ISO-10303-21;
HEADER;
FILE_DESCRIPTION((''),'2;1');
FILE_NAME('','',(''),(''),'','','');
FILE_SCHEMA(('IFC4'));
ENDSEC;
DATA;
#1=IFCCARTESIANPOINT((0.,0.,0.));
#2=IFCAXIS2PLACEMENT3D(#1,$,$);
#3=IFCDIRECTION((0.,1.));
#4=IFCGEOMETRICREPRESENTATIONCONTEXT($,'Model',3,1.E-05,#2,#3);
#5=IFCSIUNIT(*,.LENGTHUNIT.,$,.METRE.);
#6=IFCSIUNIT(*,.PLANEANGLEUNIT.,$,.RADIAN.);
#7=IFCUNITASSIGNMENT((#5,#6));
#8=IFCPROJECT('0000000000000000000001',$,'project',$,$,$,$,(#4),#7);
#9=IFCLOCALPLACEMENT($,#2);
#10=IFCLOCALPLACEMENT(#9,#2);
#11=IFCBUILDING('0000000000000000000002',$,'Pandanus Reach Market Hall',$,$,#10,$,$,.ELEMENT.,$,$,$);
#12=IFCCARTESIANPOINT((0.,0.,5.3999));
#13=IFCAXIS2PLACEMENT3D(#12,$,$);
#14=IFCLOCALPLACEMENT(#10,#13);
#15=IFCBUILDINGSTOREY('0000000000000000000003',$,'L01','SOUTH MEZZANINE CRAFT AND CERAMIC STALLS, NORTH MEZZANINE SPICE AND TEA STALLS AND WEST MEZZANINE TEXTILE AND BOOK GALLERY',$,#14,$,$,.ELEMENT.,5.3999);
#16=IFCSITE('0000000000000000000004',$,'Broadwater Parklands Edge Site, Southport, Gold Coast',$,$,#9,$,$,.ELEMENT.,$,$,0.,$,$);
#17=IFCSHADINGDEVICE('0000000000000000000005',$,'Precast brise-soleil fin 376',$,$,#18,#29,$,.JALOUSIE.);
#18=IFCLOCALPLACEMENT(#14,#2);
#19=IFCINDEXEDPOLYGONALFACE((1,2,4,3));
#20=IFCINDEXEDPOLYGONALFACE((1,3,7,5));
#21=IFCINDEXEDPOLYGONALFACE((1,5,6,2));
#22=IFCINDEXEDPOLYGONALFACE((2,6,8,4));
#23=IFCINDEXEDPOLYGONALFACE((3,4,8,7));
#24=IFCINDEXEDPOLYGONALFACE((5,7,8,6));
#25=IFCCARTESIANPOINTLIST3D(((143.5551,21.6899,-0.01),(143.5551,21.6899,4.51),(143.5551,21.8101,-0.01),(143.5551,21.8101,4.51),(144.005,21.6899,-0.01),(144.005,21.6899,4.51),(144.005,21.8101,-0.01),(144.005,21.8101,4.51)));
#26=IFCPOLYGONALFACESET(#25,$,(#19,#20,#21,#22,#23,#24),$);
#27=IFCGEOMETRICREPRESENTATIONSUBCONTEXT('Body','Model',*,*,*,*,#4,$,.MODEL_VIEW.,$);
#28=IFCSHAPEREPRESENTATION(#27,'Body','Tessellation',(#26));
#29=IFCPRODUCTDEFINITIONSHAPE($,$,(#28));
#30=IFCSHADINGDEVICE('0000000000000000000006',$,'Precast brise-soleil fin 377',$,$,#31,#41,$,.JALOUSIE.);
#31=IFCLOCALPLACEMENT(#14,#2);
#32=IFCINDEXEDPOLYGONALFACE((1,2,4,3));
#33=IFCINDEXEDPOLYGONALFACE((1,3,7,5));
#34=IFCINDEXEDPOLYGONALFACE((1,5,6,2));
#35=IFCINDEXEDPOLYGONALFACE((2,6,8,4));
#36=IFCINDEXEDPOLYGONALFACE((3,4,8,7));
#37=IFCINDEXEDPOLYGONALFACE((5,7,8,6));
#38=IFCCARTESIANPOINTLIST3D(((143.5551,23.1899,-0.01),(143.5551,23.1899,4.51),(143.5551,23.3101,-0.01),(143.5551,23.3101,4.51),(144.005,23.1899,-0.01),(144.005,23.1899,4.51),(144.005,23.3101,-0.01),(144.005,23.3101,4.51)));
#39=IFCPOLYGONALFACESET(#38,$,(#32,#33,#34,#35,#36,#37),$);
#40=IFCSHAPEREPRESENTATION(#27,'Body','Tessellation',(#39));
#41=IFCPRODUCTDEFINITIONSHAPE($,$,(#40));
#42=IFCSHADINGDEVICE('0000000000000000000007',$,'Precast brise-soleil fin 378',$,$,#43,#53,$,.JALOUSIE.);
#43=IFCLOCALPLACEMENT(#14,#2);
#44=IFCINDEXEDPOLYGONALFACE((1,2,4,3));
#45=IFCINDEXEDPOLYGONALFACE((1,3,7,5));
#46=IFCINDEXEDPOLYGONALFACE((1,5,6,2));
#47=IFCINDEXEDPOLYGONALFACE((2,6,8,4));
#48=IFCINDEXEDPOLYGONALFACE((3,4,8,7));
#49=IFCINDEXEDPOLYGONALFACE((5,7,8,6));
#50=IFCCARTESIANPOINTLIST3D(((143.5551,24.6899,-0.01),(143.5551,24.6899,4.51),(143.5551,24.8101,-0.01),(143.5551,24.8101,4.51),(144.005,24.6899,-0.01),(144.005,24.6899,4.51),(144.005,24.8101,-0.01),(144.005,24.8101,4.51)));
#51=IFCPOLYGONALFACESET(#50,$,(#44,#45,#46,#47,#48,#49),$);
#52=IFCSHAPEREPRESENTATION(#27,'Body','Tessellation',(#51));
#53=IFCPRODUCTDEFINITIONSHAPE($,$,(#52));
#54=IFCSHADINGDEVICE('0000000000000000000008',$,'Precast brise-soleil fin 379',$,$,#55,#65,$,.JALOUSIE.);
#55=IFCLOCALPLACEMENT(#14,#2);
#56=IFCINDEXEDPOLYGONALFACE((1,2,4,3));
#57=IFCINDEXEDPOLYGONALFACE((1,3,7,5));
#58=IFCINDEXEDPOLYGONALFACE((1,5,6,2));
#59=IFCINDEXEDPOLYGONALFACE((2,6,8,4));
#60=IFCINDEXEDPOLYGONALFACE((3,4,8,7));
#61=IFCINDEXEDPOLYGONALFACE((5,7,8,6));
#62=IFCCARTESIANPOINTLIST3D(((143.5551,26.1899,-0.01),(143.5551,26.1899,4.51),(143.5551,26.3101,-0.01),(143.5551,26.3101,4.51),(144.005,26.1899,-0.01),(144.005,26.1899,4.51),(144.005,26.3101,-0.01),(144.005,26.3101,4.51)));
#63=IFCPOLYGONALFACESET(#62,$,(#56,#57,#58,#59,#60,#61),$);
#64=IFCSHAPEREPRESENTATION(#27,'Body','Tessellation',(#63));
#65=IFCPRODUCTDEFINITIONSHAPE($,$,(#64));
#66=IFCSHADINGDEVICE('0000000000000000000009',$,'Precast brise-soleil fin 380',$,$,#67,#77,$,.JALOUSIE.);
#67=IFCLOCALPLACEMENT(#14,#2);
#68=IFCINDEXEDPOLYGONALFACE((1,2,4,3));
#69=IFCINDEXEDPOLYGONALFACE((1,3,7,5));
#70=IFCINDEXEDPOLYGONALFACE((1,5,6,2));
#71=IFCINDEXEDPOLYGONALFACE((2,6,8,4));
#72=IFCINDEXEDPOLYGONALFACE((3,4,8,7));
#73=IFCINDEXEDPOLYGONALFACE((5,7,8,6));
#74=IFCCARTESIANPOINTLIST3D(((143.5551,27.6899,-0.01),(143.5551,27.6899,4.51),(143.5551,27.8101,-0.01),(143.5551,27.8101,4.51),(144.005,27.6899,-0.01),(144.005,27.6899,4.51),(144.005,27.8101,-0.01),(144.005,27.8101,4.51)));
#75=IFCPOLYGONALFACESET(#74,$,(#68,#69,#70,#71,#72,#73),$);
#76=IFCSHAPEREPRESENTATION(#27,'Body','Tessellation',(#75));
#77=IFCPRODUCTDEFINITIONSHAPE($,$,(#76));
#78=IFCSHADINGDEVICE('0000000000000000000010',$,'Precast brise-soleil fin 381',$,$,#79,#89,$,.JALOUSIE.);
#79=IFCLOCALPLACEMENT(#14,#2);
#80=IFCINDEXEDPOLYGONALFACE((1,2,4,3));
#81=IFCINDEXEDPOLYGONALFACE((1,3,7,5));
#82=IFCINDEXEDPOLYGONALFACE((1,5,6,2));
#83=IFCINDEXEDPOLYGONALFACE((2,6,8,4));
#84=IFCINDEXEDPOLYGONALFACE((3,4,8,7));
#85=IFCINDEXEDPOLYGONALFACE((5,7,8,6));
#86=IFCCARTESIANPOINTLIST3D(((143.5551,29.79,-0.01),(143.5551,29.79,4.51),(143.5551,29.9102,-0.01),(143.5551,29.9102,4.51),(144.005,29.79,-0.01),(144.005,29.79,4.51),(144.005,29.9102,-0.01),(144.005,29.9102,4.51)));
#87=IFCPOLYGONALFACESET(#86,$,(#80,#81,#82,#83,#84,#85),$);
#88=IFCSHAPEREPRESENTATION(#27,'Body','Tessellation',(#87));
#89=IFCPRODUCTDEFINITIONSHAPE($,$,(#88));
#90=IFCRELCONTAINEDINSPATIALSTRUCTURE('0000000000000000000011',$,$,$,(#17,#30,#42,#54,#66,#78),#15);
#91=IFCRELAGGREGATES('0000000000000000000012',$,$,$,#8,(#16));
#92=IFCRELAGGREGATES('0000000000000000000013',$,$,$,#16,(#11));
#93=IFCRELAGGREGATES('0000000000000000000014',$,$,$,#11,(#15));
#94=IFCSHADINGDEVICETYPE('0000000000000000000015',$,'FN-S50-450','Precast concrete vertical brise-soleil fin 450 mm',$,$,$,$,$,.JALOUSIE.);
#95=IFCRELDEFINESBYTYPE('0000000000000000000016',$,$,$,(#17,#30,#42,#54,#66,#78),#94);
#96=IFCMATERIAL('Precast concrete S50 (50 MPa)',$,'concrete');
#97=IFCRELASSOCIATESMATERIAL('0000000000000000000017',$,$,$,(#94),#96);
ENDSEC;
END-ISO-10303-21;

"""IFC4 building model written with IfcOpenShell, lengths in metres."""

from ifc_helpers import new_model, si_unit, direction, frame, origin, origin_2d, place, context, subcontext, project, spatial, rectangle, extrude, material, type_object, element, save


model = new_model("IFC4")

# Units and contexts
model_context = context("Model", 3, precision=1e-05, world=origin(), true_north=direction((0.0, 1.0)))
body_context = subcontext(model_context, "Body", "Model", "MODEL_VIEW")
ifc_project = project(units=[si_unit("LENGTHUNIT", "METRE"), si_unit("PLANEANGLEUNIT", "RADIAN")], contexts=[model_context])

# Site, building, storey
site_placement = place(None, origin())
site = spatial("IfcSite", under=ifc_project, at=site_placement, Name="Broadwater Parklands Edge Site, Southport, Gold Coast", CompositionType="ELEMENT", RefElevation=0.0)
building_placement = place(site_placement, origin())
building = spatial("IfcBuilding", under=site, at=building_placement, Name="Pandanus Reach Market Hall", CompositionType="ELEMENT")
storey_placement = place(building_placement, frame((0.0, 0.0, 5.3999)))
storey = spatial("IfcBuildingStorey", under=building, at=storey_placement, Name="L01", Description="SOUTH MEZZANINE CRAFT AND CERAMIC STALLS, NORTH MEZZANINE SPICE AND TEA STALLS AND WEST MEZZANINE TEXTILE AND BOOK GALLERY", CompositionType="ELEMENT", Elevation=5.3999)

# Shading devices
ifc_material_1 = material(Name="Precast concrete S50 (50 MPa)", Category="concrete")
shading_device_type = type_object("IfcShadingDeviceType", Name="FN-S50-450", Description="Precast concrete vertical brise-soleil fin 450 mm", PredefinedType="JALOUSIE", material=ifc_material_1)
for number, where, z_axis, x_axis, name in (
    (1, (143.78, 21.75, -0.01), (0.0, 0.0, 1.0), (-1.0, 0.0, 0.0), "Precast brise-soleil fin 376"),
    (2, (143.78, 23.25, -0.01), (0.0, 0.0, 1.0), (-1.0, 0.0, 0.0), "Precast brise-soleil fin 377"),
    (3, (143.78, 24.75, -0.01), (0.0, 0.0, 1.0), (-1.0, 0.0, 0.0), "Precast brise-soleil fin 378"),
    (4, (143.78, 26.25, -0.01), (0.0, 0.0, 1.0), (-1.0, 0.0, 0.0), "Precast brise-soleil fin 379"),
    (5, (143.78, 27.75, -0.01), (0.0, 0.0, 1.0), (-1.0, 0.0, 0.0), "Precast brise-soleil fin 380"),
    (6, (143.78, 29.8501, -0.01), (0.0, 0.0, 1.0), (-1.0, 0.0, 0.0), "Precast brise-soleil fin 381"),
):
    element("IfcShadingDevice", number, at=place(storey_placement, frame(where, z_axis=z_axis, x_axis=x_axis)), inside=storey, type_object=shading_device_type, Name=name, PredefinedType="JALOUSIE", context=body_context, shape_type="SweptSolid", body=[
        extrude(rectangle(XDim=0.45, YDim=0.1201, at=origin_2d()), origin(), (0.0, 0.0, 1.0), 4.52),
    ])

save(model, "model.ifc")
